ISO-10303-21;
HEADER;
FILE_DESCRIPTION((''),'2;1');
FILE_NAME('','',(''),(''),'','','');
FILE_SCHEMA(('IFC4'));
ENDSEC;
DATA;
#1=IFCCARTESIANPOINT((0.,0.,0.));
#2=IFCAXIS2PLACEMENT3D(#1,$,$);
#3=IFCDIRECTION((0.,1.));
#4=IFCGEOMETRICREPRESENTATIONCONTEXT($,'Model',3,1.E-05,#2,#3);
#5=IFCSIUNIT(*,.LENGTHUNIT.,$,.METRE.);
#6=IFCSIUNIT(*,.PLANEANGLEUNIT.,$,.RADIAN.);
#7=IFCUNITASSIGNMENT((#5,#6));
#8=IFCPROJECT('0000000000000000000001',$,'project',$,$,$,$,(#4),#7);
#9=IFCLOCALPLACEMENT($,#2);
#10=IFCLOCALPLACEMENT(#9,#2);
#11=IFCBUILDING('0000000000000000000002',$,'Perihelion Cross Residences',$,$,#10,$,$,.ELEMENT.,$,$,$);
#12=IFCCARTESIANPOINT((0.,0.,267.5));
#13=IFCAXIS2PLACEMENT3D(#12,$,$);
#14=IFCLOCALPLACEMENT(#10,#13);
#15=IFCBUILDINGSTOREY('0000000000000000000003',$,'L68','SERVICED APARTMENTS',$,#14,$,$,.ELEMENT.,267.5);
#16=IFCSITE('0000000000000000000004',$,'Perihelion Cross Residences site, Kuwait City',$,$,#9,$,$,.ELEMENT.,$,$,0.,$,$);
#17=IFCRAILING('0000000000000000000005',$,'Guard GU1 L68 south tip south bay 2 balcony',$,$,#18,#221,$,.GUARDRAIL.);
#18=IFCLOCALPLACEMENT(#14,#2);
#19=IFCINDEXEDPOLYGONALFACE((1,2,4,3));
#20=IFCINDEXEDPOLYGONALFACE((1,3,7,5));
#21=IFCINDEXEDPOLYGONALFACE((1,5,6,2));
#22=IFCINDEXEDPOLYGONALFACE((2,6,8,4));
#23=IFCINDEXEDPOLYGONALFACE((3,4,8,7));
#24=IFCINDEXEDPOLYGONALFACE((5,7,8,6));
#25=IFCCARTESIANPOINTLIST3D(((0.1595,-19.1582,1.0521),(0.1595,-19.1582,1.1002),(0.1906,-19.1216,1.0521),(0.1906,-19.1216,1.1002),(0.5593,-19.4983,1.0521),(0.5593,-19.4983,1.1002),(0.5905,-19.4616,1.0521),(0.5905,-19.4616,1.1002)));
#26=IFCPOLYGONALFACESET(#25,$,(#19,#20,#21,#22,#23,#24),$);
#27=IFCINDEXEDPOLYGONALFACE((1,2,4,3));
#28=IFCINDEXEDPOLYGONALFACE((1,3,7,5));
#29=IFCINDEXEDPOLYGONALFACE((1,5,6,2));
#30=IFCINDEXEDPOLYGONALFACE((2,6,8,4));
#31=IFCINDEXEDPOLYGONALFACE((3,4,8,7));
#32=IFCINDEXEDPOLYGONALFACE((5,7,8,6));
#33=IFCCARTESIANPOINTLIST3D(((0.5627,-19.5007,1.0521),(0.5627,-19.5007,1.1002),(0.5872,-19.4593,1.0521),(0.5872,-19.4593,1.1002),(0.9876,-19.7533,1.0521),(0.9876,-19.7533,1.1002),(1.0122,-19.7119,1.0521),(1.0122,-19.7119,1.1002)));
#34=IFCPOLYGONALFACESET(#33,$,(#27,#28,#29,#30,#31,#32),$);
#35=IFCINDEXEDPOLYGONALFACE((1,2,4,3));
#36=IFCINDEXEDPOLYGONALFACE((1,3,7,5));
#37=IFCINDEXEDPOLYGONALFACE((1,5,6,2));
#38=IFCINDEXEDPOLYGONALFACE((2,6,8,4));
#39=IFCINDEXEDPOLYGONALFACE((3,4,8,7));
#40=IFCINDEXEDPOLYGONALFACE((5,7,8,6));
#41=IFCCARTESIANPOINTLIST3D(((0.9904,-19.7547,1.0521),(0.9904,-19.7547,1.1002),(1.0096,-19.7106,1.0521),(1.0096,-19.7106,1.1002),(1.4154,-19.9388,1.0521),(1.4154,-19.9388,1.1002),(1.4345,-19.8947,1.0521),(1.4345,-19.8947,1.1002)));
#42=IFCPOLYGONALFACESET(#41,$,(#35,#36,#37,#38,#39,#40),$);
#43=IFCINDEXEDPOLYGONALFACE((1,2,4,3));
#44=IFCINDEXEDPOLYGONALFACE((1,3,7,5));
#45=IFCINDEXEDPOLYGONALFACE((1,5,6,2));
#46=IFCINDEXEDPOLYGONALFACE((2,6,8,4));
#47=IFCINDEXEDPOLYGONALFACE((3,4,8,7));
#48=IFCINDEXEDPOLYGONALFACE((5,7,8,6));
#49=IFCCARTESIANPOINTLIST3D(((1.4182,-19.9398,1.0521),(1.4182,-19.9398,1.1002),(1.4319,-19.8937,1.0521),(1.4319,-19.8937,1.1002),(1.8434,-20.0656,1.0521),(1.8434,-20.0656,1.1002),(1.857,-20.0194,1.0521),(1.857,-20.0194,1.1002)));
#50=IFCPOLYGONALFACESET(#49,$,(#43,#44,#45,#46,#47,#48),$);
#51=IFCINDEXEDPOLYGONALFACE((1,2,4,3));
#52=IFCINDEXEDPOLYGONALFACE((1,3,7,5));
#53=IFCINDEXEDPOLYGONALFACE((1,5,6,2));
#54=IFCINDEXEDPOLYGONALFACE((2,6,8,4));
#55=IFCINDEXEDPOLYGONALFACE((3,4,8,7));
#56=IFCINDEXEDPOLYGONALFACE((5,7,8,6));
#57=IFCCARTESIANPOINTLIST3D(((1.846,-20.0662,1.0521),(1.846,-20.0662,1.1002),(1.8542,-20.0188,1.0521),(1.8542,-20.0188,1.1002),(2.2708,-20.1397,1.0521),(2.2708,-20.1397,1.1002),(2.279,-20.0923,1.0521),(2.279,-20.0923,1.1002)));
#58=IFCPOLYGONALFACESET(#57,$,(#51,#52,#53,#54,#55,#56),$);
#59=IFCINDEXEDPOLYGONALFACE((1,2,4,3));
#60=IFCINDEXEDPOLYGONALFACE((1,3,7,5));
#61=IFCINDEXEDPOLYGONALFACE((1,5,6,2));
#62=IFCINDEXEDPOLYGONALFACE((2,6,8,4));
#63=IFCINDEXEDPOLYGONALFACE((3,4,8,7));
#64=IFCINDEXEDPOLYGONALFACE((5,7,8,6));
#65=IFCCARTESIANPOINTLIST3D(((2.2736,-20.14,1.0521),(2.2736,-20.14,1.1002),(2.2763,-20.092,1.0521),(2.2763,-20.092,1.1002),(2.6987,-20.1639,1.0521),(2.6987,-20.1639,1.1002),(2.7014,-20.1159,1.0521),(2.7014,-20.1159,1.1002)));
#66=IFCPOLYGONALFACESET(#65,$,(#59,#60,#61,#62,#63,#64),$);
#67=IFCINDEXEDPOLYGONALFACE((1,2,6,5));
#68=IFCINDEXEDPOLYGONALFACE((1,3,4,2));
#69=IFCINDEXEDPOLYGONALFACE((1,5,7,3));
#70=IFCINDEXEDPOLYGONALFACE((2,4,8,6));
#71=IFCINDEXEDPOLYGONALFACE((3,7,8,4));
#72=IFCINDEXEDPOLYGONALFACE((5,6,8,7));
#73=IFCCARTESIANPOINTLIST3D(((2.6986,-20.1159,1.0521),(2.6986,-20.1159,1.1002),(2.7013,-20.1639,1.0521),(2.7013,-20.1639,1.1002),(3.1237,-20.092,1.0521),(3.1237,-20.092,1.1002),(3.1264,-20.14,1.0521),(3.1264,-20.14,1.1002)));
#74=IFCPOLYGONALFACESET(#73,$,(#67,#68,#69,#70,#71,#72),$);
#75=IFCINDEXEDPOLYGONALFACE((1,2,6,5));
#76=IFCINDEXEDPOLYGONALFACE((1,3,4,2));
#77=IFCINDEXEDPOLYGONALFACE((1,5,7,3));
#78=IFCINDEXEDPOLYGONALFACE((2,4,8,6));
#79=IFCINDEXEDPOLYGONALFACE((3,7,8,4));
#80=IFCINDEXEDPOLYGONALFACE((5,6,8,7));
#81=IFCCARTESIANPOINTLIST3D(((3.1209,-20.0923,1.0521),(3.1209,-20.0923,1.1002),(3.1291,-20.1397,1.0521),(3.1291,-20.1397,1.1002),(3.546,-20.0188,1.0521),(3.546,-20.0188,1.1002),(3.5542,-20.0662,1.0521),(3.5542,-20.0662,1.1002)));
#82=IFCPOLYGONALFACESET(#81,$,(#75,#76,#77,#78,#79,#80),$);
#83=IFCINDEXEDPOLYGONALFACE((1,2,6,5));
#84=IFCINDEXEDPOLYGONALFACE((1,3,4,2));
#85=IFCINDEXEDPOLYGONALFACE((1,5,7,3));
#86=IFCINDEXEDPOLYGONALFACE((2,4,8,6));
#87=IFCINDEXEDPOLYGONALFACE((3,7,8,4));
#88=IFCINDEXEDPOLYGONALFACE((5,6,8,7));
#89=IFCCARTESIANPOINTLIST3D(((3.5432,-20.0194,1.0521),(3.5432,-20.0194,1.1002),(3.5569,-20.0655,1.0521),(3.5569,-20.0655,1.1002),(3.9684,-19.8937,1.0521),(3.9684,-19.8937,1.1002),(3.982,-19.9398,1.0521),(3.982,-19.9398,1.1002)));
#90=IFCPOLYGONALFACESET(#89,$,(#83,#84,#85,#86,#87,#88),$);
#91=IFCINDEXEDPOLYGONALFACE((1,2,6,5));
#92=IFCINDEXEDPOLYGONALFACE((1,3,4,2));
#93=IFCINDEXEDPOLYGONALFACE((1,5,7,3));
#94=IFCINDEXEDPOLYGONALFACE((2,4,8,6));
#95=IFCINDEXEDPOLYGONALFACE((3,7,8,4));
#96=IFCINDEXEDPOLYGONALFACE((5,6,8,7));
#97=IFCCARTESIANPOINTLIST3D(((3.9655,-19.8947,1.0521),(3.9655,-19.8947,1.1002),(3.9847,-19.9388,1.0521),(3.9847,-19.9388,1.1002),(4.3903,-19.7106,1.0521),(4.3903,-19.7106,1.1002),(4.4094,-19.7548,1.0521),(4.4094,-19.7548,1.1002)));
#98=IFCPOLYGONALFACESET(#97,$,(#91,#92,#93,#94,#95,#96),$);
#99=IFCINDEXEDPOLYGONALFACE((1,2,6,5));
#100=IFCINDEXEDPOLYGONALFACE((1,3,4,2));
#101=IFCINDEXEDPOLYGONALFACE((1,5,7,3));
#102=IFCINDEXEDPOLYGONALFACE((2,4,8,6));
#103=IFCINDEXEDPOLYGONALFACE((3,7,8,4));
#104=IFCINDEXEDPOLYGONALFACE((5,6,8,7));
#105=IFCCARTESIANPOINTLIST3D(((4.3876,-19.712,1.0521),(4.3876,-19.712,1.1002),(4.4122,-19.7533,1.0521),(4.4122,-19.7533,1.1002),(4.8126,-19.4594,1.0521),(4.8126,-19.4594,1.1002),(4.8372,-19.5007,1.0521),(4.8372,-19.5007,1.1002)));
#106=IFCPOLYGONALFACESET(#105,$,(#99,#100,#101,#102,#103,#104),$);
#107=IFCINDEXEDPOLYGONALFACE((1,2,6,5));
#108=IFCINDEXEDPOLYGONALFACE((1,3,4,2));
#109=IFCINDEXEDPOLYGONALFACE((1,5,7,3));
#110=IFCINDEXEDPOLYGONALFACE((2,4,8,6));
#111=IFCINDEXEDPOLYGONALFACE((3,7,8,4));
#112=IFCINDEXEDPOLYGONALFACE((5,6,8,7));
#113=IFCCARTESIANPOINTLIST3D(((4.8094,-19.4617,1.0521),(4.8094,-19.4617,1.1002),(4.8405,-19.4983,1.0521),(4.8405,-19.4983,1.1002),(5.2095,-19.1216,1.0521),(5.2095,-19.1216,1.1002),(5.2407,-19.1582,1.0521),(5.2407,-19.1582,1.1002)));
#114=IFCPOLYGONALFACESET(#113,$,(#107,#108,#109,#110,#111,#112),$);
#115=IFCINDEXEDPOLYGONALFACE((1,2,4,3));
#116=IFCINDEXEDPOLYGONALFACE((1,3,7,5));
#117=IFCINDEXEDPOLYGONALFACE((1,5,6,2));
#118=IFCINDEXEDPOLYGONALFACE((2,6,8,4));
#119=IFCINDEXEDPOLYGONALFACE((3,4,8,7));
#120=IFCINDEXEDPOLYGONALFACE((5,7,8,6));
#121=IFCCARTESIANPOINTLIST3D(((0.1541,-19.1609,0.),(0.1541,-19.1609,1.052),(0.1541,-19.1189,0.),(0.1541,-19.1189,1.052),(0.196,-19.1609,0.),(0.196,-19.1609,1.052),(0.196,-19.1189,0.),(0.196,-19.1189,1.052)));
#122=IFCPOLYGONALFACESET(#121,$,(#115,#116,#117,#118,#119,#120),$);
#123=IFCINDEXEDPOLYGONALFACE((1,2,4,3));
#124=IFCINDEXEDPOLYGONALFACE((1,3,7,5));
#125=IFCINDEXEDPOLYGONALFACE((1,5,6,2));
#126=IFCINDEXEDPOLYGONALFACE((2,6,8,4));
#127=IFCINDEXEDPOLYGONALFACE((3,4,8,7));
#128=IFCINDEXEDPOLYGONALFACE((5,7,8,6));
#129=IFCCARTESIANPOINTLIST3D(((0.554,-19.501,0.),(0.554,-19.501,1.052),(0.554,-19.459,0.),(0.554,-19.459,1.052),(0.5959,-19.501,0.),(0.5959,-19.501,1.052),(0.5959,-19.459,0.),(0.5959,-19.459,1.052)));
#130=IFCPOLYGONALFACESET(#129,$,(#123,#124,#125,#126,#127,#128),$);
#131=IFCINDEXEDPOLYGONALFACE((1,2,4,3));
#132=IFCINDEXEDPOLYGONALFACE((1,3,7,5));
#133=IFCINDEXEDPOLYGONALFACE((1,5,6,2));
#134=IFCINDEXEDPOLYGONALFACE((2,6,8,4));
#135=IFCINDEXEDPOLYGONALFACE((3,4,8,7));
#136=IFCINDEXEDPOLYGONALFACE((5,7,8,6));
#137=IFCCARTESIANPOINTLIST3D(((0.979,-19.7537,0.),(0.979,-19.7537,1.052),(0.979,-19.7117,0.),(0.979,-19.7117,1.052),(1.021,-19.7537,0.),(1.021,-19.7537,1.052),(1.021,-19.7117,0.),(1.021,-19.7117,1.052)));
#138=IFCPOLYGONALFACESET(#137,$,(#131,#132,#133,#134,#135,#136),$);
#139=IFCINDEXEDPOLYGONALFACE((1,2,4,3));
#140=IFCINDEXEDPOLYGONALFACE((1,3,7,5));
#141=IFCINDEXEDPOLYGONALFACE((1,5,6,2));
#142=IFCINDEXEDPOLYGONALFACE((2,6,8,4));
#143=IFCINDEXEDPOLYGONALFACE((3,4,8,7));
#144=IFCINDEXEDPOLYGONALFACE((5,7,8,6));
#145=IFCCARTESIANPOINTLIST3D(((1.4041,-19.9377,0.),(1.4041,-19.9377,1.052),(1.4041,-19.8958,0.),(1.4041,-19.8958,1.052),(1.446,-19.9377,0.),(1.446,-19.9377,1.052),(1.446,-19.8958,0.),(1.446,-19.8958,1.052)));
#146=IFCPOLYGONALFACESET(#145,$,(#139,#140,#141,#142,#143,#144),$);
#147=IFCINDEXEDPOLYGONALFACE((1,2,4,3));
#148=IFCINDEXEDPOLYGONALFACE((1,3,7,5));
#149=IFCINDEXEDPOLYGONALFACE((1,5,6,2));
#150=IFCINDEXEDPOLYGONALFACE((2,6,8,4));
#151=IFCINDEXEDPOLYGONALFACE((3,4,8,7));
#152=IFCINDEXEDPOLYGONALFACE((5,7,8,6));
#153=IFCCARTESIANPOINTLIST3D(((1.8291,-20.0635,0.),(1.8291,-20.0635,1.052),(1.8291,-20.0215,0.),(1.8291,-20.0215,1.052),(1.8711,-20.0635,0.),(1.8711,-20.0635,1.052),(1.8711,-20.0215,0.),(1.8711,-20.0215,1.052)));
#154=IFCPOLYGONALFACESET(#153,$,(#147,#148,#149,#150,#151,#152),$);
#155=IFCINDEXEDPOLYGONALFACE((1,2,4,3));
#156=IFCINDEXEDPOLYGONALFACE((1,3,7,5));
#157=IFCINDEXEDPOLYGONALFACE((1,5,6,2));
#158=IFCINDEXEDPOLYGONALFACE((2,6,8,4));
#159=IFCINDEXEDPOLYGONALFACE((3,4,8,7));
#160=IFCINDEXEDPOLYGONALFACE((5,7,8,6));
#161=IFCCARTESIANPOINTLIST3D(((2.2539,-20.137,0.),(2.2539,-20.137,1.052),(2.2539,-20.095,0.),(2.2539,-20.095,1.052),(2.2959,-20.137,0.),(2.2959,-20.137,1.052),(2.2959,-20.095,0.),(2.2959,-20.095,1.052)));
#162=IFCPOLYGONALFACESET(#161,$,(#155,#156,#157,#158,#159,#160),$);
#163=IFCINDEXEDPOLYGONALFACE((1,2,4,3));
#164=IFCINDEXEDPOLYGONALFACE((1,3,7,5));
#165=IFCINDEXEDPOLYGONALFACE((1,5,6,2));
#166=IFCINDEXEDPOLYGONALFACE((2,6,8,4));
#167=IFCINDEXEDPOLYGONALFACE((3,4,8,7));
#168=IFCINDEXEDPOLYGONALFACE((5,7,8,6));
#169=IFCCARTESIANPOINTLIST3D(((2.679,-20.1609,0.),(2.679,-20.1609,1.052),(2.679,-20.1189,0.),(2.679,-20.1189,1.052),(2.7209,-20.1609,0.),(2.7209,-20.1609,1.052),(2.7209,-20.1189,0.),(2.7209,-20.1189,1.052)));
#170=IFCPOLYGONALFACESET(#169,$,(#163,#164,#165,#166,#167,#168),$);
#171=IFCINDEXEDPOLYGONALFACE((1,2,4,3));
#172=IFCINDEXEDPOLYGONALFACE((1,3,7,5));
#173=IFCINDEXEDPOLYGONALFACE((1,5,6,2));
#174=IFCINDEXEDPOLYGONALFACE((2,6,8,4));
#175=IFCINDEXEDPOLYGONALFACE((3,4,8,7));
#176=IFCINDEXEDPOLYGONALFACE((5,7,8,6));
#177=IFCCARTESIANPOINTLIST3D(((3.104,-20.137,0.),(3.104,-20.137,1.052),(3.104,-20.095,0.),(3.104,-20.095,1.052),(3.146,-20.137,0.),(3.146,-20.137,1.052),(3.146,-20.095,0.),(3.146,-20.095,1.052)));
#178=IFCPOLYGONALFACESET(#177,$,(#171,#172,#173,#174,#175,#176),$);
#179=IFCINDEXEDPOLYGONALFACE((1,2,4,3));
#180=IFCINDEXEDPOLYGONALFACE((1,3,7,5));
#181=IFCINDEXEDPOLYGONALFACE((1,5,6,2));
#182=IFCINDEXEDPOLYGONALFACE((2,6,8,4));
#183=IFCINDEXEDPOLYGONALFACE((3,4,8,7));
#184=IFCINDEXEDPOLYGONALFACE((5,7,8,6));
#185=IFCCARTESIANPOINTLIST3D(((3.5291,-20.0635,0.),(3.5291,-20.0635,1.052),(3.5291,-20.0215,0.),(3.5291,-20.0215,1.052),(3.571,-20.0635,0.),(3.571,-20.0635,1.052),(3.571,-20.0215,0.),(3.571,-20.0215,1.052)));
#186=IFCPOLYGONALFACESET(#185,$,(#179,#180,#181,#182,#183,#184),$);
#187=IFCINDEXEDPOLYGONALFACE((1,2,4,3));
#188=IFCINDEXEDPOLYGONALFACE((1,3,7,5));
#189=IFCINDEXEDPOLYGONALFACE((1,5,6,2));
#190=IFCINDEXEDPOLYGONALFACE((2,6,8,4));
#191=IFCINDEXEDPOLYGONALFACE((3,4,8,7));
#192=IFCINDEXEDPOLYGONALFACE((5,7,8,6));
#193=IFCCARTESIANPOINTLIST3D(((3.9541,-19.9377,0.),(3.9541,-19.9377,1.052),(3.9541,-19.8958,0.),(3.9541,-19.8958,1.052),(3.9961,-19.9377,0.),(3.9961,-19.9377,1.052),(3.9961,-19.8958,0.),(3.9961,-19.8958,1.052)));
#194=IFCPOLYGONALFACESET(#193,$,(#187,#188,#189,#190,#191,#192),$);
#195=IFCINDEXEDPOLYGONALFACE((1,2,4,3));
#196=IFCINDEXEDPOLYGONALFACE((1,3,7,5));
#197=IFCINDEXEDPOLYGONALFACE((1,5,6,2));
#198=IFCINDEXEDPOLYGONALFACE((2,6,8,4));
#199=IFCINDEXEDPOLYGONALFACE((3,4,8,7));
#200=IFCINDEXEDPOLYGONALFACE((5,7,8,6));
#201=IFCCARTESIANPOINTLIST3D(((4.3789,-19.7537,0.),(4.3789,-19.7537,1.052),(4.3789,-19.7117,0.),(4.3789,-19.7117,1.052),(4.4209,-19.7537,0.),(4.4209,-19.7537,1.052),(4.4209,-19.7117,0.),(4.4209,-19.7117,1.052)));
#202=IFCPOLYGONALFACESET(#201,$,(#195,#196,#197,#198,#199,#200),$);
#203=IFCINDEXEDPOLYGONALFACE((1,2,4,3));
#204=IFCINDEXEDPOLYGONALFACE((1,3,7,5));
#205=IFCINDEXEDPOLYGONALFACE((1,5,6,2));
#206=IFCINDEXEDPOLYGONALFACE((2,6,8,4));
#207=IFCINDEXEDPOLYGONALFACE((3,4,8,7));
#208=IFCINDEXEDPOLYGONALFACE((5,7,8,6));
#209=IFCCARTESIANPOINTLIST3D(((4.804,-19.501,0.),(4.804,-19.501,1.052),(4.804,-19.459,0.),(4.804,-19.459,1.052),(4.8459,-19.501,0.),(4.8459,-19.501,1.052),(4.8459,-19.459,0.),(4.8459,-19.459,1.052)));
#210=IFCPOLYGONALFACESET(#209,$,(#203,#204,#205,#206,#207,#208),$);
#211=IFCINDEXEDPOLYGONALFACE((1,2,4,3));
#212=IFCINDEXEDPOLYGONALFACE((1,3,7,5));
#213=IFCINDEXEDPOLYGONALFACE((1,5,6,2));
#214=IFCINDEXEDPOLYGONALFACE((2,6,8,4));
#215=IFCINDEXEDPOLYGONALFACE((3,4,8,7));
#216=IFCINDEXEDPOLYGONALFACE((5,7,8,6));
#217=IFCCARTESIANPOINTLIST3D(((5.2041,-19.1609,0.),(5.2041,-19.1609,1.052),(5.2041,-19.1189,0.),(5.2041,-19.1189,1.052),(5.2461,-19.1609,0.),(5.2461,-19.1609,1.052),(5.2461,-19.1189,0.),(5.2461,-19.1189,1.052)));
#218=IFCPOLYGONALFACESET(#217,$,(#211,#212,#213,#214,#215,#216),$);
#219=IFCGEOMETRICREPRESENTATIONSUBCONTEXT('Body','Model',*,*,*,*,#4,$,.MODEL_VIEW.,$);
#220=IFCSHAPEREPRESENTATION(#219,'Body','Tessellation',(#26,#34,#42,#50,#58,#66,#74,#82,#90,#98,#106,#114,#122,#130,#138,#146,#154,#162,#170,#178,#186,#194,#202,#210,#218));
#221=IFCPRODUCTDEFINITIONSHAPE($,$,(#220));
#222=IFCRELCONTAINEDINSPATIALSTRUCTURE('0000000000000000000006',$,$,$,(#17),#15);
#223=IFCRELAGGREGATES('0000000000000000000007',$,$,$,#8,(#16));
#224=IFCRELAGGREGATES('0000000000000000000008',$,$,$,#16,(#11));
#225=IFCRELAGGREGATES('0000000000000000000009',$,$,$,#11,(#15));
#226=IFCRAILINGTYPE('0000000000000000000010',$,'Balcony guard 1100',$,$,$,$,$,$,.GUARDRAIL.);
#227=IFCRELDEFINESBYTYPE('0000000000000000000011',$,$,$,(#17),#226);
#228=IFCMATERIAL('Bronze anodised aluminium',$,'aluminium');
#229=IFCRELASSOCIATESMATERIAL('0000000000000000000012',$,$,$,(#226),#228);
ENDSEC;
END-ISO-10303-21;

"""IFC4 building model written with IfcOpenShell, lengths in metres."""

from ifc_helpers import new_model, si_unit, direction, frame, origin, origin_2d, place, context, subcontext, project, spatial, rectangle, extrude, material, type_object, element, save


model = new_model("IFC4")

# Units and contexts
model_context = context("Model", 3, precision=1e-05, world=origin(), true_north=direction((0.0, 1.0)))
body_context = subcontext(model_context, "Body", "Model", "MODEL_VIEW")
ifc_project = project(units=[si_unit("LENGTHUNIT", "METRE"), si_unit("PLANEANGLEUNIT", "RADIAN")], contexts=[model_context])

# Site, building, storey
site_placement = place(None, origin())
site = spatial("IfcSite", under=ifc_project, at=site_placement, Name="Perihelion Cross Residences site, Kuwait City", CompositionType="ELEMENT", RefElevation=0.0)
building_placement = place(site_placement, origin())
building = spatial("IfcBuilding", under=site, at=building_placement, Name="Perihelion Cross Residences", CompositionType="ELEMENT")
storey_placement = place(building_placement, frame((0.0, 0.0, 267.5)))
storey = spatial("IfcBuildingStorey", under=building, at=storey_placement, Name="L68", Description="SERVICED APARTMENTS", CompositionType="ELEMENT", Elevation=267.5)

# Railing
ifc_material_1 = material(Name="Bronze anodised aluminium", Category="aluminium")
railing_type = type_object("IfcRailingType", Name="Balcony guard 1100", PredefinedType="GUARDRAIL", material=ifc_material_1)
railing_placement = place(storey_placement, frame((0.175, -19.1399, 0.0)))
element("IfcRailing", 1, at=railing_placement, inside=storey, type_object=railing_type, Name="Guard GU1 L68 south tip south bay 2 balcony", PredefinedType="GUARDRAIL", context=body_context, shape_type="SweptSolid", body=[
    extrude(rectangle(XDim=0.0481, YDim=0.0481, at=origin_2d()), frame((0.0, 0.0, 1.0762), z_axis=(0.761779, -0.647837, 0.0), x_axis=(0.647837, 0.761779, 0.0)), (0.0, 0.0, 1.0), 0.5249),
    extrude(rectangle(XDim=0.0481, YDim=0.0481, at=origin_2d()), frame((0.3999, -0.3401, 1.0762), z_axis=(0.859577, -0.511006, 0.0), x_axis=(0.511006, 0.859577, 0.0)), (0.0, 0.0, 1.0), 0.4944),
    extrude(rectangle(XDim=0.0481, YDim=0.0481, at=origin_2d()), frame((0.825, -0.5928, 1.0762), z_axis=(0.917639, -0.397415, 0.0), x_axis=(0.397415, 0.917639, 0.0)), (0.0, 0.0, 1.0), 0.4631),
    extrude(rectangle(XDim=0.0481, YDim=0.0481, at=origin_2d()), frame((1.25, -0.7769, 1.0762), z_axis=(0.958926, -0.283657, 0.0), x_axis=(0.283657, 0.958926, 0.0)), (0.0, 0.0, 1.0), 0.4434),
    extrude(rectangle(XDim=0.0481, YDim=0.0481, at=origin_2d()), frame((1.675, -0.9026, 1.0762), z_axis=(0.985365, -0.170457, 0.0), x_axis=(0.170457, 0.985365, 0.0)), (0.0, 0.0, 1.0), 0.4312),
    extrude(rectangle(XDim=0.0481, YDim=0.0481, at=origin_2d()), frame((2.0999, -0.9761, 1.0762), z_axis=(0.99842, -0.056201, 0.0), x_axis=(0.056201, 0.99842, 0.0)), (0.0, 0.0, 1.0), 0.4258),
    extrude(rectangle(XDim=0.0481, YDim=0.0481, at=origin_2d()), frame((2.5249, -1.0, 1.0762), z_axis=(0.99842, 0.056201, 0.0), x_axis=(-0.056201, 0.99842, 0.0)), (0.0, 0.0, 1.0), 0.4258),
    extrude(rectangle(XDim=0.0481, YDim=0.0481, at=origin_2d()), frame((2.95, -0.9761, 1.0762), z_axis=(0.985382, 0.170362, 0.0), x_axis=(-0.170362, 0.985382, 0.0)), (0.0, 0.0, 1.0), 0.4314),
    extrude(rectangle(XDim=0.0481, YDim=0.0481, at=origin_2d()), frame((3.375, -0.9026, 1.0762), z_axis=(0.958926, 0.283657, 0.0), x_axis=(-0.283657, 0.958926, 0.0)), (0.0, 0.0, 1.0), 0.4434),
    extrude(rectangle(XDim=0.0481, YDim=0.0481, at=origin_2d()), frame((3.8, -0.7769, 1.0762), z_axis=(0.917556, 0.397607, 0.0), x_axis=(-0.397607, 0.917556, 0.0)), (0.0, 0.0, 1.0), 0.4629),
    extrude(rectangle(XDim=0.0481, YDim=0.0481, at=origin_2d()), frame((4.2249, -0.5928, 1.0762), z_axis=(0.859577, 0.511006, 0.0), x_axis=(-0.511006, 0.859577, 0.0)), (0.0, 0.0, 1.0), 0.4944),
    extrude(rectangle(XDim=0.0481, YDim=0.0481, at=origin_2d()), frame((4.6499, -0.3401, 1.0762), z_axis=(0.761974, 0.647608, 0.0), x_axis=(-0.647608, 0.761974, 0.0)), (0.0, 0.0, 1.0), 0.5251),
    extrude(rectangle(XDim=0.042, YDim=0.042, at=origin_2d()), origin(), (0.0, 0.0, 1.0), 1.052),
    extrude(rectangle(XDim=0.042, YDim=0.042, at=origin_2d()), frame((0.3999, -0.3401, 0.0)), (0.0, 0.0, 1.0), 1.052),
    extrude(rectangle(XDim=0.042, YDim=0.042, at=origin_2d()), frame((0.825, -0.5928, 0.0)), (0.0, 0.0, 1.0), 1.052),
    extrude(rectangle(XDim=0.042, YDim=0.042, at=origin_2d()), frame((1.25, -0.7769, 0.0)), (0.0, 0.0, 1.0), 1.052),
    extrude(rectangle(XDim=0.042, YDim=0.042, at=origin_2d()), frame((1.675, -0.9026, 0.0)), (0.0, 0.0, 1.0), 1.052),
    extrude(rectangle(XDim=0.042, YDim=0.042, at=origin_2d()), frame((2.0999, -0.9761, 0.0)), (0.0, 0.0, 1.0), 1.052),
    extrude(rectangle(XDim=0.042, YDim=0.042, at=origin_2d()), frame((2.5249, -1.0, 0.0)), (0.0, 0.0, 1.0), 1.052),
    extrude(rectangle(XDim=0.042, YDim=0.042, at=origin_2d()), frame((2.95, -0.9761, 0.0)), (0.0, 0.0, 1.0), 1.052),
    extrude(rectangle(XDim=0.042, YDim=0.042, at=origin_2d()), frame((3.375, -0.9026, 0.0)), (0.0, 0.0, 1.0), 1.052),
    extrude(rectangle(XDim=0.042, YDim=0.042, at=origin_2d()), frame((3.8, -0.7769, 0.0)), (0.0, 0.0, 1.0), 1.052),
    extrude(rectangle(XDim=0.042, YDim=0.042, at=origin_2d()), frame((4.2249, -0.5928, 0.0)), (0.0, 0.0, 1.0), 1.052),
    extrude(rectangle(XDim=0.042, YDim=0.042, at=origin_2d()), frame((4.6499, -0.3401, 0.0)), (0.0, 0.0, 1.0), 1.052),
    extrude(rectangle(XDim=0.042, YDim=0.042, at=origin_2d()), frame((5.05, 0.0, 0.0)), (0.0, 0.0, 1.0), 1.052),
])

save(model, "model.ifc")
